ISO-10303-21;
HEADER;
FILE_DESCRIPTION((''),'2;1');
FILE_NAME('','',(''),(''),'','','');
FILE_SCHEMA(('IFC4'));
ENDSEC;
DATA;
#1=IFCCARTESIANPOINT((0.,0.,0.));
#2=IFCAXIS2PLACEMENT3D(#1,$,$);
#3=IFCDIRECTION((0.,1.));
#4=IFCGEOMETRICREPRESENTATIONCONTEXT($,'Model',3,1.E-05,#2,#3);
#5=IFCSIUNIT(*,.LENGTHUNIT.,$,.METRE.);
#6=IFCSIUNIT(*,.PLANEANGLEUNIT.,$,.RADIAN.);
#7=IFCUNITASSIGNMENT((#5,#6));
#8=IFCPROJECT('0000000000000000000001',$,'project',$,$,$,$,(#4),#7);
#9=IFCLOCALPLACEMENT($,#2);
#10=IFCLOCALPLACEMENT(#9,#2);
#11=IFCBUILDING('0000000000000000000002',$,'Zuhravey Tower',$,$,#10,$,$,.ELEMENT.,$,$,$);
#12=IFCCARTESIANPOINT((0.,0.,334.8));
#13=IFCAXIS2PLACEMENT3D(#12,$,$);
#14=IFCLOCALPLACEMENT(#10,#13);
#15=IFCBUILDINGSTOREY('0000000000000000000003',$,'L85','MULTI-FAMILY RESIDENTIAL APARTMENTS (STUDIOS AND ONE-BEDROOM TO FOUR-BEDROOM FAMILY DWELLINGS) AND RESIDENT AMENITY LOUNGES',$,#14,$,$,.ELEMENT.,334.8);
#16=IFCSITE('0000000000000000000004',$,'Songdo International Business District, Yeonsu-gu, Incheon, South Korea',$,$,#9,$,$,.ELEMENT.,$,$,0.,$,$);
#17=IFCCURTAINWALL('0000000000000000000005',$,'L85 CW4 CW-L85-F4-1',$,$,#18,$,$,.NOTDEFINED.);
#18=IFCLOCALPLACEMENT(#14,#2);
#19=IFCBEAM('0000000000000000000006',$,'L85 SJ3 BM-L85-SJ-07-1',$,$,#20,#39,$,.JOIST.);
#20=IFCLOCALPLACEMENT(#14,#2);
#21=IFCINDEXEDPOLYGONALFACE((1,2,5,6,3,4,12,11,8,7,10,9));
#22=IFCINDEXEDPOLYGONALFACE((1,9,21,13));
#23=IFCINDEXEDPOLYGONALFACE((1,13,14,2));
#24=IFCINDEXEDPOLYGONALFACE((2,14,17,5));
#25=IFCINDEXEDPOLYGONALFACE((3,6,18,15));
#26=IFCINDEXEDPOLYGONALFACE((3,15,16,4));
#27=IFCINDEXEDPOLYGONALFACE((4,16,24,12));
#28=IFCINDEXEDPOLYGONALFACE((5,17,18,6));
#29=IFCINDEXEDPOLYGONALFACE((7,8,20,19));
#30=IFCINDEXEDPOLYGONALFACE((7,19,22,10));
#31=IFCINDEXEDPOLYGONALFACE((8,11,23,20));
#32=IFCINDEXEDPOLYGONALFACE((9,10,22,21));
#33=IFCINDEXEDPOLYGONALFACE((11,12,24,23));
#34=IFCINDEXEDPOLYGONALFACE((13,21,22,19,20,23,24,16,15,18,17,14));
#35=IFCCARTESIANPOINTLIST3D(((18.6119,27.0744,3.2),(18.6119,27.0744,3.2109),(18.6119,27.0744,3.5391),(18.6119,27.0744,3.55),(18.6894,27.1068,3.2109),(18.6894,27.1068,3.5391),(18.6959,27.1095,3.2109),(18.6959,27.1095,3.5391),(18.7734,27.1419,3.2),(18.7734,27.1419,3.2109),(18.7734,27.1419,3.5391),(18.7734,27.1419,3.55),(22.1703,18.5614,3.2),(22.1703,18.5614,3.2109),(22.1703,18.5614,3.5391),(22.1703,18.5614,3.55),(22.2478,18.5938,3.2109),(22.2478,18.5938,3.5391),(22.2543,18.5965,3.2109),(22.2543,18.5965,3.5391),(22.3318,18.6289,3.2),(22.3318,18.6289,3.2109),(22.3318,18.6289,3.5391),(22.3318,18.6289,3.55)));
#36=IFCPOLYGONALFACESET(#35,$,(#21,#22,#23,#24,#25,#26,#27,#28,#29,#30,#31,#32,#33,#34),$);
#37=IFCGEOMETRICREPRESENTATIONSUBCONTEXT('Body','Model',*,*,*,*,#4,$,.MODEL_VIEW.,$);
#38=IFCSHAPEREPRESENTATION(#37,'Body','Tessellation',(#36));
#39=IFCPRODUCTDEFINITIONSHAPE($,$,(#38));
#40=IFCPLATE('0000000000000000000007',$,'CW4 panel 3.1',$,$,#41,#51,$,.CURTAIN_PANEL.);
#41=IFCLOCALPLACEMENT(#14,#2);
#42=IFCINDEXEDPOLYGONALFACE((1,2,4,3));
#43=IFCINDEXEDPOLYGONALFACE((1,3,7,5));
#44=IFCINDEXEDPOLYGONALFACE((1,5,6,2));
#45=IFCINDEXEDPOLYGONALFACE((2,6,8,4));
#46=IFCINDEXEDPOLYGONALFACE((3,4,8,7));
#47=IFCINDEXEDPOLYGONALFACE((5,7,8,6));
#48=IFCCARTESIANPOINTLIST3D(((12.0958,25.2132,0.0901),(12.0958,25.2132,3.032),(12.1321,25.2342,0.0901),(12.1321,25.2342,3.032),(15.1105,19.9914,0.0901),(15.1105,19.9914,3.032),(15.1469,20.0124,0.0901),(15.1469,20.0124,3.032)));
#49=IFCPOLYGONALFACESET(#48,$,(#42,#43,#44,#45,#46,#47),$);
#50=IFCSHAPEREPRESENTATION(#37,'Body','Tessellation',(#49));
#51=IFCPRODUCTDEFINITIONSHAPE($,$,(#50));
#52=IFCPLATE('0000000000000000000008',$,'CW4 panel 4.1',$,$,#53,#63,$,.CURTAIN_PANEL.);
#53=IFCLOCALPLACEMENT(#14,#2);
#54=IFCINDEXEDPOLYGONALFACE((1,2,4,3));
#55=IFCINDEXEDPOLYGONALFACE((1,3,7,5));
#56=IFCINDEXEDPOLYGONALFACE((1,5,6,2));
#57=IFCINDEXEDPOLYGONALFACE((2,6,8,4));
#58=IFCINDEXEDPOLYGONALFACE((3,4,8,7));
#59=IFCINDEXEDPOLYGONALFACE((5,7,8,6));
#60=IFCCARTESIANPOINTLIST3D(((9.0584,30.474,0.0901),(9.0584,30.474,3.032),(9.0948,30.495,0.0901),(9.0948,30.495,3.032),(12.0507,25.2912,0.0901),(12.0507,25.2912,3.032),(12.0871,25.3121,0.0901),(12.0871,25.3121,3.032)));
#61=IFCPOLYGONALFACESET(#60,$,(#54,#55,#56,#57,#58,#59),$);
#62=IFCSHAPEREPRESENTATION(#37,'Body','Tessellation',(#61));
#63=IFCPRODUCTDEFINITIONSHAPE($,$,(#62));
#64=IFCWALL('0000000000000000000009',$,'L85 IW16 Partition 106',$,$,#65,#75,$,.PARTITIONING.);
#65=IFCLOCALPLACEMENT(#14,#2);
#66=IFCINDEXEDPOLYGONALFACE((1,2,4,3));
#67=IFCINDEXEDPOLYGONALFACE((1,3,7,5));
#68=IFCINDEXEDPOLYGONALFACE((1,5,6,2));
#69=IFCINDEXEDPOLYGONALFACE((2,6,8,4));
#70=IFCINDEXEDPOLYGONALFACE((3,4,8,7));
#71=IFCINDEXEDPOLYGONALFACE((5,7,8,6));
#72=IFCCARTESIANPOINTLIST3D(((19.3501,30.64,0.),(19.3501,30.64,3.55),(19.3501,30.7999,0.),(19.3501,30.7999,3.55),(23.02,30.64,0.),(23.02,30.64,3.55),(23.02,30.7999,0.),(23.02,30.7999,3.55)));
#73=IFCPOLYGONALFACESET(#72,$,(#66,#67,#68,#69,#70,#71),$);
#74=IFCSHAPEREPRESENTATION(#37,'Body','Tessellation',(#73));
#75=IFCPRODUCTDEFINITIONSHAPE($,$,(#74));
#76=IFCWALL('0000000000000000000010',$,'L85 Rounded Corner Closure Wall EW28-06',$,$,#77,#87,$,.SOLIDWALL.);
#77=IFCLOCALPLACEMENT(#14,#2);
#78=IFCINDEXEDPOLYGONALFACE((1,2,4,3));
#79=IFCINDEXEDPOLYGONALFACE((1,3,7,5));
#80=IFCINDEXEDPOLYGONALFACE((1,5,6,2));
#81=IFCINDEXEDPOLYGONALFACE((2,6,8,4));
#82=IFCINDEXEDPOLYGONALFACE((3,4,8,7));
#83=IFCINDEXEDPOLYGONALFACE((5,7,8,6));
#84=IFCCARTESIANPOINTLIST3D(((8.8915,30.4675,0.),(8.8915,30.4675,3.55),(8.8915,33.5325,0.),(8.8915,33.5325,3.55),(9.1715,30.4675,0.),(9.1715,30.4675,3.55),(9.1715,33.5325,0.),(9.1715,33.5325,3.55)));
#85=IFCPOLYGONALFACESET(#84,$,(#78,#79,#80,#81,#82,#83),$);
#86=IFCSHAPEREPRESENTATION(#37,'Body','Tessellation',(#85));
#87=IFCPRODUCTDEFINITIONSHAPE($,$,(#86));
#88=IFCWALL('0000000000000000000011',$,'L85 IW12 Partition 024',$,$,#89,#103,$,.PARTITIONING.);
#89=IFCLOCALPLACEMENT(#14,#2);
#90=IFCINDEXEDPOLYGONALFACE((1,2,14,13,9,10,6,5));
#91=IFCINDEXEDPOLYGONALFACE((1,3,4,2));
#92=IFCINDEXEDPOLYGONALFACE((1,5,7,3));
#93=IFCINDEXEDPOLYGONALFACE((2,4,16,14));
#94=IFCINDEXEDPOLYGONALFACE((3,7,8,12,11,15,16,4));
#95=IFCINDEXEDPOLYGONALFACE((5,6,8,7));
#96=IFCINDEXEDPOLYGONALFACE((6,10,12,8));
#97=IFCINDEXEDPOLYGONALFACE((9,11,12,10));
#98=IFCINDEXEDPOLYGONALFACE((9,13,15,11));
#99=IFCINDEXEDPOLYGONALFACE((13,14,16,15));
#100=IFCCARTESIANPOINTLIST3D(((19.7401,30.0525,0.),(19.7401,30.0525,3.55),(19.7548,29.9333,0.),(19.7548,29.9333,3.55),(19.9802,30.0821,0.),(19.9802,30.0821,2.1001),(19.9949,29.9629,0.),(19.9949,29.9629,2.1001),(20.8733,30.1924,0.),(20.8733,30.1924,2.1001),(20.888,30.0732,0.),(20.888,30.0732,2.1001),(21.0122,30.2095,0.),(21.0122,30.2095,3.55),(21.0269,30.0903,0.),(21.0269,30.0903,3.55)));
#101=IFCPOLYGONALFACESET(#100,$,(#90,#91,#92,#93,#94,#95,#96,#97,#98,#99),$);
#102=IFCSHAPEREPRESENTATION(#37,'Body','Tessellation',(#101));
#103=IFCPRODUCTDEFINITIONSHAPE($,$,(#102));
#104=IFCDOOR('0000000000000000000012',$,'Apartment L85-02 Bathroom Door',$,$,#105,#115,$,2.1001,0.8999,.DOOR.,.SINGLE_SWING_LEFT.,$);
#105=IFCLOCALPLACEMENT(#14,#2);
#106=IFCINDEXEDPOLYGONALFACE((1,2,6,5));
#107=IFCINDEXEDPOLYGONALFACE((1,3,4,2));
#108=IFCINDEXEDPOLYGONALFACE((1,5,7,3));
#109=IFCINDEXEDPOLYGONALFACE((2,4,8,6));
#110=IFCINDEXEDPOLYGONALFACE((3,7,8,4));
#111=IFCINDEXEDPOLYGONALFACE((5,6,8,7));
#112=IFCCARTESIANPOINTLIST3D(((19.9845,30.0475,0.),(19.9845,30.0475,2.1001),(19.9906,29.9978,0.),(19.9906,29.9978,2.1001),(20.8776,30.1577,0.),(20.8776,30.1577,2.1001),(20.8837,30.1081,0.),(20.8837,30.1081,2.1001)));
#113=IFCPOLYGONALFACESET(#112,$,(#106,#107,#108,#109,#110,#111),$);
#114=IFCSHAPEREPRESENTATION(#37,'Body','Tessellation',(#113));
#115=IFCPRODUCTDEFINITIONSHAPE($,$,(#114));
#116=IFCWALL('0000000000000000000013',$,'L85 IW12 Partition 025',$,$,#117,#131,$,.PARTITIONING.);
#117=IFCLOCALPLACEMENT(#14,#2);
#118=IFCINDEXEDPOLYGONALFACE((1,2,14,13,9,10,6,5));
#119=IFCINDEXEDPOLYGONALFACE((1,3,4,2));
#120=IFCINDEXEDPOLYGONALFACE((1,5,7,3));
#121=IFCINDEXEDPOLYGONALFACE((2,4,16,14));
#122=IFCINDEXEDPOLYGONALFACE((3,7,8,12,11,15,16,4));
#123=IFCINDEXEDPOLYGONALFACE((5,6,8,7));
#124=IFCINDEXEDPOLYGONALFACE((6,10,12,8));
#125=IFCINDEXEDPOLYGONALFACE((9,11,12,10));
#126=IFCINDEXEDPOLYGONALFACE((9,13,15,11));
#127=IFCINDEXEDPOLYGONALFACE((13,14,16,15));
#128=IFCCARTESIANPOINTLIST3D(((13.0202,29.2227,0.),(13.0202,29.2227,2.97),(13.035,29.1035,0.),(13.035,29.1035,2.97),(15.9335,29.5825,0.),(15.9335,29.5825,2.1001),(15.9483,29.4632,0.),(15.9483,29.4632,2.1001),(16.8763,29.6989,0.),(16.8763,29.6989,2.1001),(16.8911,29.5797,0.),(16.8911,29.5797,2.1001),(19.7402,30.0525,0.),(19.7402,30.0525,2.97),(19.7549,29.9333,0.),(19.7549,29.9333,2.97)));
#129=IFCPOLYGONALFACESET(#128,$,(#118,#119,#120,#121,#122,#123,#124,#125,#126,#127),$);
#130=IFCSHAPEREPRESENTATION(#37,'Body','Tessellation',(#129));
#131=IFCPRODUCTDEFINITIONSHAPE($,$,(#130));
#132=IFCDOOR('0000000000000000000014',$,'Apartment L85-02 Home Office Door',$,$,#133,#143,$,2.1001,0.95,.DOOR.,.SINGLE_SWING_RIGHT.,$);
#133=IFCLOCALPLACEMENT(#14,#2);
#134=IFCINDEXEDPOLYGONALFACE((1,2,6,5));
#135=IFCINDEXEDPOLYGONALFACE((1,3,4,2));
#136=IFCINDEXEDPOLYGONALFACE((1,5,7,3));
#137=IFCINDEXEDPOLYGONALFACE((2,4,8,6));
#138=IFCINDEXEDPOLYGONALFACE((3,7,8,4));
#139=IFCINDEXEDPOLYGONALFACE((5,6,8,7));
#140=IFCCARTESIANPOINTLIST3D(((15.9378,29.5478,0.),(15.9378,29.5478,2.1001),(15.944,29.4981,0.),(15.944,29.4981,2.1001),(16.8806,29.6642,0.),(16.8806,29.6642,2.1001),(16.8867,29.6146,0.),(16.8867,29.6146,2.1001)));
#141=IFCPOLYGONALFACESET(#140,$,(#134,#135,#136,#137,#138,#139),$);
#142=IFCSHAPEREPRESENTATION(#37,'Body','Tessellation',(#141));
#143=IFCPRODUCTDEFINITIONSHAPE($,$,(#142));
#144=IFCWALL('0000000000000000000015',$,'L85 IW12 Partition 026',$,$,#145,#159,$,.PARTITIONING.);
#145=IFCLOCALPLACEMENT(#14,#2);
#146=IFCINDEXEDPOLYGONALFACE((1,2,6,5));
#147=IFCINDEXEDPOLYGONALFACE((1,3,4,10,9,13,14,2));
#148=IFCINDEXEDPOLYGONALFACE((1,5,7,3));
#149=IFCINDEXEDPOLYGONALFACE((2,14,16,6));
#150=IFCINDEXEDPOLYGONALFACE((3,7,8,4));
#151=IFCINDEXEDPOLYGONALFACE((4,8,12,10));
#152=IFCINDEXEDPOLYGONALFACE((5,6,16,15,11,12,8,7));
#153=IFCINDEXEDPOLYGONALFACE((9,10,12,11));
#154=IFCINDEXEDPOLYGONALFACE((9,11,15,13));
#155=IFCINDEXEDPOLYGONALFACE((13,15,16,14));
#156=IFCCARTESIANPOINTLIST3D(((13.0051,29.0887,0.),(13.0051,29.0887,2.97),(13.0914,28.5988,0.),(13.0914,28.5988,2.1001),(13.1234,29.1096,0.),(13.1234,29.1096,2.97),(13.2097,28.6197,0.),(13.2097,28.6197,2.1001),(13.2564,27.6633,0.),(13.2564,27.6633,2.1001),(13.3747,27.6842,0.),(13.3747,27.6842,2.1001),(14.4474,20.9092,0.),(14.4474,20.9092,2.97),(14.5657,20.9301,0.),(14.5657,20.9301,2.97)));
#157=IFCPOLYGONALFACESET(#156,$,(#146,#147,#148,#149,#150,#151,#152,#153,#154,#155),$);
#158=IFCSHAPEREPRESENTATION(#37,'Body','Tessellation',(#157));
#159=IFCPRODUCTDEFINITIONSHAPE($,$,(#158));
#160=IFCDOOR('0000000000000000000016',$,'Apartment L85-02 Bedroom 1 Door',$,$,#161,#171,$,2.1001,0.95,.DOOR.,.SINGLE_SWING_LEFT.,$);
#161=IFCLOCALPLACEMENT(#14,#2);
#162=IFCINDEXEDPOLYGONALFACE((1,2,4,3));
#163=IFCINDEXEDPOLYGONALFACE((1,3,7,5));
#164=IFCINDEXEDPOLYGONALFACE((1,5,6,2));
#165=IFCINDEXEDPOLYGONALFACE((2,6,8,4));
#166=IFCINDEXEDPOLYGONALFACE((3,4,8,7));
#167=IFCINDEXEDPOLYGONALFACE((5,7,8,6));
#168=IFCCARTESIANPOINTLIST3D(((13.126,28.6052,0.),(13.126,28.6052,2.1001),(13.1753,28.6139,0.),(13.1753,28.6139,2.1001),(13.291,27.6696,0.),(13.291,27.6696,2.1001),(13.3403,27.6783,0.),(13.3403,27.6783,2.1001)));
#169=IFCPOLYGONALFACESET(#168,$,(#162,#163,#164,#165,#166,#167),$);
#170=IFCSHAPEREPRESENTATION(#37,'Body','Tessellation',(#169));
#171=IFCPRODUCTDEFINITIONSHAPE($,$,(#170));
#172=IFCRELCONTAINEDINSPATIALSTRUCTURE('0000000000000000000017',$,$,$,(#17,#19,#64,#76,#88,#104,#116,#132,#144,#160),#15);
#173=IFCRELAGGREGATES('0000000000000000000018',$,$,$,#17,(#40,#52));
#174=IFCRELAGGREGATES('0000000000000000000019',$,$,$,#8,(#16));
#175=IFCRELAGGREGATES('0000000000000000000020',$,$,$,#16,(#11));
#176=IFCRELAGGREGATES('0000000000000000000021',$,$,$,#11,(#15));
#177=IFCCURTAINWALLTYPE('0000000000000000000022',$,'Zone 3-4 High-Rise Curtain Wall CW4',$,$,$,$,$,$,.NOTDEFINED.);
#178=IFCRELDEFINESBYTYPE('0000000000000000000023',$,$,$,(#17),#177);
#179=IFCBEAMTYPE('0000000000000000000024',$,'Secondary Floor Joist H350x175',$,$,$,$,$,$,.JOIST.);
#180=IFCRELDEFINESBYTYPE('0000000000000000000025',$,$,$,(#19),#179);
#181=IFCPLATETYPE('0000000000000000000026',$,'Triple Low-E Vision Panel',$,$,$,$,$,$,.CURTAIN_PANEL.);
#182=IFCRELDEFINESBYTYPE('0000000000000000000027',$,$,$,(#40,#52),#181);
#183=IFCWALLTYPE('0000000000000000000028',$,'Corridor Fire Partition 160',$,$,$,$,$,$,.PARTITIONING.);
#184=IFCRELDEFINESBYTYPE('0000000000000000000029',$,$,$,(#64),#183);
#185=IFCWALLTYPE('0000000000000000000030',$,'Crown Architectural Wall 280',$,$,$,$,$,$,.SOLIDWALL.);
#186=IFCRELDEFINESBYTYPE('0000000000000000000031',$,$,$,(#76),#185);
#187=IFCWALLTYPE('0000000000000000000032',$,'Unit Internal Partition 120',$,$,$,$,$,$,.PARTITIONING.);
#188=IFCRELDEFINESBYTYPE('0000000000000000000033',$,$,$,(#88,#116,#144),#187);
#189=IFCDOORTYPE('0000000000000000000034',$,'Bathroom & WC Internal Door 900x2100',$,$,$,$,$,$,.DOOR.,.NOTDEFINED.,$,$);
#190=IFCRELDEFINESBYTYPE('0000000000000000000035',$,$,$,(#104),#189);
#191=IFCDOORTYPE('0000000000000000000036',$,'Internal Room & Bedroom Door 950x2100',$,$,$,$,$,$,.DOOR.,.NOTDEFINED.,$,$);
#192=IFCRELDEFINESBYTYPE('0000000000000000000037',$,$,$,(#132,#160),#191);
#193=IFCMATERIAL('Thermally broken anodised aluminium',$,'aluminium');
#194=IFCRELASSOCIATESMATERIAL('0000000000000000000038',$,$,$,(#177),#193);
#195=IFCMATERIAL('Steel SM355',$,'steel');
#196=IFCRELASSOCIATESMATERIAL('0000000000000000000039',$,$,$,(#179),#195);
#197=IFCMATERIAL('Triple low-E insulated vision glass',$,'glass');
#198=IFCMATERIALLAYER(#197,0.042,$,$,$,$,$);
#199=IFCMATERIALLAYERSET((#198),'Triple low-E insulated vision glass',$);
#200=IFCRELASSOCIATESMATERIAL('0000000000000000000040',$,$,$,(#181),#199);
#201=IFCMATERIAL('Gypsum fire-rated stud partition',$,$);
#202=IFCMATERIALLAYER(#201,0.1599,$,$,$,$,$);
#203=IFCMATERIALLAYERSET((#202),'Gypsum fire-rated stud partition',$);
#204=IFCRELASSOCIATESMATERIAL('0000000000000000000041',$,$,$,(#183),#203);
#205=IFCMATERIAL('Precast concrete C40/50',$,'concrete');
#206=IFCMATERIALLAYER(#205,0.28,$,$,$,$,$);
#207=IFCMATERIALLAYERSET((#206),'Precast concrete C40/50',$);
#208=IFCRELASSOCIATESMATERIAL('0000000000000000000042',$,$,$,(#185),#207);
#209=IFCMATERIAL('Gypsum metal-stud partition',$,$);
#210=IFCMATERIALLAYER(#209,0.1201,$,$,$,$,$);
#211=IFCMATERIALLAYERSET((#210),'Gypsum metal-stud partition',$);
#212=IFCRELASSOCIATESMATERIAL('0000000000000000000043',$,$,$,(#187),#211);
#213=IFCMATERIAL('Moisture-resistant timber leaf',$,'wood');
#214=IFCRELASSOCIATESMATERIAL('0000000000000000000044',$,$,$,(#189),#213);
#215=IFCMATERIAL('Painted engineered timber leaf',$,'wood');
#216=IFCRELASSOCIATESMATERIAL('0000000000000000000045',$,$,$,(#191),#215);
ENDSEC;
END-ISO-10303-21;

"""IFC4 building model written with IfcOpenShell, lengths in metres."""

from ifc_helpers import new_model, si_unit, direction, frame, frame_2d, origin, origin_2d, place, context, subcontext, project, spatial, rectangle, i_section, extrude, material, layer, layer_set, material_profile, profile_set, type_object, element, fill, aggregate, save


model = new_model("IFC4")

# Units and contexts
model_context = context("Model", 3, precision=1e-05, world=origin(), true_north=direction((0.0, 1.0)))
body_context = subcontext(model_context, "Body", "Model", "MODEL_VIEW")
ifc_project = project(units=[si_unit("LENGTHUNIT", "METRE"), si_unit("PLANEANGLEUNIT", "RADIAN")], contexts=[model_context])

# Site, building, storey
site_placement = place(None, origin())
site = spatial("IfcSite", under=ifc_project, at=site_placement, Name="Songdo International Business District, Yeonsu-gu, Incheon, South Korea", CompositionType="ELEMENT", RefElevation=0.0)
building_placement = place(site_placement, origin())
building = spatial("IfcBuilding", under=site, at=building_placement, Name="Zuhravey Tower", CompositionType="ELEMENT")
storey_placement = place(building_placement, frame((0.0, 0.0, 334.8)))
storey = spatial("IfcBuildingStorey", under=building, at=storey_placement, Name="L85", Description="MULTI-FAMILY RESIDENTIAL APARTMENTS (STUDIOS AND ONE-BEDROOM TO FOUR-BEDROOM FAMILY DWELLINGS) AND RESIDENT AMENITY LOUNGES", CompositionType="ELEMENT", Elevation=334.8)

# Curtain wall
ifc_material_1 = material(Name="Thermally broken anodised aluminium", Category="aluminium")
curtain_wall_type = type_object("IfcCurtainWallType", Name="Zone 3-4 High-Rise Curtain Wall CW4", PredefinedType="NOTDEFINED", material=ifc_material_1)
curtain_wall_placement = place(storey_placement, origin())
curtain_wall = element("IfcCurtainWall", 1, at=curtain_wall_placement, inside=storey, type_object=curtain_wall_type, Name="L85 CW4 CW-L85-F4-1", PredefinedType="NOTDEFINED")

# Beam
ifc_material_2 = material(Name="Steel SM355", Category="steel")
ifc_material_profile_1 = material_profile(ifc_material_2, i_section(OverallWidth=0.175, OverallDepth=0.3501, WebThickness=0.0071, FlangeThickness=0.011, at=origin_2d()), Name="H-350x175x7x11")
ifc_profile_set_1 = profile_set([ifc_material_profile_1], Name="Steel SM355")
beam_type_1 = type_object("IfcBeamType", Name="Secondary Floor Joist H350x175", PredefinedType="JOIST", material=ifc_profile_set_1)
beam_1_placement = place(storey_placement, frame((18.6926, 27.1082, 3.375), z_axis=(0.385658, -0.922642, 0.0), x_axis=(0.922642, 0.385658, 0.0)))
element("IfcBeam", 2, at=beam_1_placement, inside=storey, type_object=beam_type_1, Name="L85 SJ3 BM-L85-SJ-07-1", PredefinedType="JOIST", context=body_context, shape_type="SweptSolid", body=[
    extrude(i_section(OverallWidth=0.175, OverallDepth=0.3501, WebThickness=0.0071, FlangeThickness=0.011, at=origin_2d()), origin(), (0.0, 0.0, 1.0), 9.2268),
])

# Plates
ifc_material_3 = material(Name="Triple low-E insulated vision glass", Category="glass")
ifc_layer_1 = layer(ifc_material_3, 0.042)
ifc_layer_set_1 = layer_set([ifc_layer_1], Name="Triple low-E insulated vision glass")
plate_type = type_object("IfcPlateType", Name="Triple Low-E Vision Panel", PredefinedType="CURTAIN_PANEL", material=ifc_layer_set_1)
plate_1_placement = place(storey_placement, frame((13.6213, 22.6128, 0.0901), z_axis=(0.0, 0.0, 1.0), x_axis=(-0.5, 0.866026, 0.0)))
plate_1 = element("IfcPlate", 3, at=plate_1_placement, type_object=plate_type, Name="CW4 panel 3.1", PredefinedType="CURTAIN_PANEL", context=body_context, shape_type="SweptSolid", body=[
    extrude(rectangle(XDim=6.0295, YDim=0.042, at=origin_2d()), origin(), (0.0, 0.0, 1.0), 2.9419),
])
plate_2_placement = place(storey_placement, frame((10.5728, 27.8931, 0.0901), z_axis=(0.0, 0.0, 1.0), x_axis=(-0.5, 0.866026, 0.0)))
plate_2 = element("IfcPlate", 4, at=plate_2_placement, type_object=plate_type, Name="CW4 panel 4.1", PredefinedType="CURTAIN_PANEL", context=body_context, shape_type="SweptSolid", body=[
    extrude(rectangle(XDim=5.9846, YDim=0.042, at=origin_2d()), origin(), (0.0, 0.0, 1.0), 2.9419),
])
aggregate(curtain_wall, [plate_1, plate_2])

# Walls
ifc_material_4 = material(Name="Gypsum fire-rated stud partition")
ifc_layer_2 = layer(ifc_material_4, 0.1599)
ifc_layer_set_2 = layer_set([ifc_layer_2], Name="Gypsum fire-rated stud partition")
wall_type_1 = type_object("IfcWallType", Name="Corridor Fire Partition 160", PredefinedType="PARTITIONING", material=ifc_layer_set_2)
wall_1_placement = place(storey_placement, frame((19.3501, 30.72, 0.0), z_axis=(0.0, 0.0, 1.0), x_axis=(1.0, 0.0, 0.0)))
element("IfcWall", 5, at=wall_1_placement, inside=storey, type_object=wall_type_1, Name="L85 IW16 Partition 106", PredefinedType="PARTITIONING", context=body_context, shape_type="SweptSolid", body=[
    extrude(rectangle(XDim=3.6699, YDim=0.1599, at=frame_2d((1.835, 0.0))), origin(), (0.0, 0.0, 1.0), 3.55),
])
ifc_material_5 = material(Name="Precast concrete C40/50", Category="concrete")
ifc_layer_3 = layer(ifc_material_5, 0.28)
ifc_layer_set_3 = layer_set([ifc_layer_3], Name="Precast concrete C40/50")
wall_type_2 = type_object("IfcWallType", Name="Crown Architectural Wall 280", PredefinedType="SOLIDWALL", material=ifc_layer_set_3)
wall_2_placement = place(storey_placement, frame((9.0315, 30.4675, 0.0), z_axis=(0.0, 0.0, 1.0), x_axis=(0.0, 1.0, 0.0)))
element("IfcWall", 6, at=wall_2_placement, inside=storey, type_object=wall_type_2, Name="L85 Rounded Corner Closure Wall EW28-06", PredefinedType="SOLIDWALL", context=body_context, shape_type="SweptSolid", body=[
    extrude(rectangle(XDim=3.0649, YDim=0.28, at=frame_2d((1.5325, 0.0))), origin(), (0.0, 0.0, 1.0), 3.55),
])

# Walls, openings, doors
ifc_material_6 = material(Name="Gypsum metal-stud partition")
ifc_layer_4 = layer(ifc_material_6, 0.1201)
ifc_layer_set_4 = layer_set([ifc_layer_4], Name="Gypsum metal-stud partition")
wall_type_3 = type_object("IfcWallType", Name="Unit Internal Partition 120", PredefinedType="PARTITIONING", material=ifc_layer_set_4)
wall_3_placement = place(storey_placement, frame((21.0195, 30.1499, 0.0), z_axis=(0.0, 0.0, 1.0), x_axis=(-0.99247, -0.122487, 0.0)))
wall_3 = element("IfcWall", 7, at=wall_3_placement, inside=storey, type_object=wall_type_3, Name="L85 IW12 Partition 024", PredefinedType="PARTITIONING", context=body_context, shape_type="SweptSolid", body=[
    extrude(rectangle(XDim=1.2817, YDim=0.1201, at=frame_2d((0.6409, 0.0))), origin(), (0.0, 0.0, 1.0), 3.55),
])
opening_1_placement = place(wall_3_placement, frame((0.1399, 0.0, 0.0)))
opening_1 = element("IfcOpeningElement", 8, at=opening_1_placement, cuts=wall_3, PredefinedType="OPENING", context=body_context, shape_type="SweptSolid", body=[
    extrude(rectangle(XDim=0.8999, YDim=2.1001, at=frame_2d((0.45, 1.05))), frame((0.0, 0.072, 0.0), z_axis=(0.0, -1.0, 0.0), x_axis=(1.0, 0.0, 0.0)), (0.0, 0.0, 1.0), 0.144),
])
ifc_material_7 = material(Name="Moisture-resistant timber leaf", Category="wood")
door_type_1 = type_object("IfcDoorType", Name="Bathroom & WC Internal Door 900x2100", OperationType="NOTDEFINED", PredefinedType="DOOR", material=ifc_material_7)
door_1_placement = place(opening_1_placement, origin())
door_1 = element("IfcDoor", 9, at=door_1_placement, inside=storey, type_object=door_type_1, Name="Apartment L85-02 Bathroom Door", OperationType="SINGLE_SWING_LEFT", OverallHeight=2.1001, OverallWidth=0.8999, PredefinedType="DOOR", context=body_context, shape_type="SweptSolid", body=[
    extrude(rectangle(XDim=0.8999, YDim=2.1001, at=frame_2d((0.45, 1.05))), frame((0.0, 0.0249, 0.0), z_axis=(0.0, -1.0, 0.0), x_axis=(1.0, 0.0, 0.0)), (0.0, 0.0, 1.0), 0.05),
])
fill(opening_1, door_1)
wall_4_placement = place(storey_placement, frame((19.7476, 29.9929, 0.0), z_axis=(0.0, 0.0, 1.0), x_axis=(-0.992461, -0.122557, 0.0)))
wall_4 = element("IfcWall", 10, at=wall_4_placement, inside=storey, type_object=wall_type_3, Name="L85 IW12 Partition 025", PredefinedType="PARTITIONING", context=body_context, shape_type="SweptSolid", body=[
    extrude(rectangle(XDim=6.771, YDim=0.1201, at=frame_2d((3.3855, 0.0))), origin(), (0.0, 0.0, 1.0), 2.97),
])
opening_2_placement = place(wall_4_placement, frame((2.8855, 0.0, 0.0)))
opening_2 = element("IfcOpeningElement", 11, at=opening_2_placement, cuts=wall_4, PredefinedType="OPENING", context=body_context, shape_type="SweptSolid", body=[
    extrude(rectangle(XDim=0.95, YDim=2.1001, at=frame_2d((0.4751, 1.05))), frame((0.0, 0.072, 0.0), z_axis=(0.0, -1.0, 0.0), x_axis=(1.0, 0.0, 0.0)), (0.0, 0.0, 1.0), 0.144),
])
ifc_material_8 = material(Name="Painted engineered timber leaf", Category="wood")
door_type_2 = type_object("IfcDoorType", Name="Internal Room & Bedroom Door 950x2100", OperationType="NOTDEFINED", PredefinedType="DOOR", material=ifc_material_8)
door_2_placement = place(opening_2_placement, origin())
door_2 = element("IfcDoor", 12, at=door_2_placement, inside=storey, type_object=door_type_2, Name="Apartment L85-02 Home Office Door", OperationType="SINGLE_SWING_RIGHT", OverallHeight=2.1001, OverallWidth=0.95, PredefinedType="DOOR", context=body_context, shape_type="SweptSolid", body=[
    extrude(rectangle(XDim=0.95, YDim=2.1001, at=frame_2d((0.4751, 1.05))), frame((0.0, 0.0249, 0.0), z_axis=(0.0, -1.0, 0.0), x_axis=(1.0, 0.0, 0.0)), (0.0, 0.0, 1.0), 0.05),
])
fill(opening_2, door_2)
wall_5_placement = place(storey_placement, frame((13.0642, 29.0991, 0.0), z_axis=(0.0, 0.0, 1.0), x_axis=(0.173663, -0.984805, 0.0)))
wall_5 = element("IfcWall", 13, at=wall_5_placement, inside=storey, type_object=wall_type_3, Name="L85 IW12 Partition 026", PredefinedType="PARTITIONING", context=body_context, shape_type="SweptSolid", body=[
    extrude(rectangle(XDim=8.3057, YDim=0.1201, at=frame_2d((4.1528, 0.0))), origin(), (0.0, 0.0, 1.0), 2.97),
])
opening_3_placement = place(wall_5_placement, frame((0.4973, 0.0, 0.0)))
opening_3 = element("IfcOpeningElement", 14, at=opening_3_placement, cuts=wall_5, PredefinedType="OPENING", context=body_context, shape_type="SweptSolid", body=[
    extrude(rectangle(XDim=0.95, YDim=2.1001, at=frame_2d((0.4751, 1.05))), frame((0.0, 0.072, 0.0), z_axis=(0.0, -1.0, 0.0), x_axis=(1.0, 0.0, 0.0)), (0.0, 0.0, 1.0), 0.144),
])
door_3_placement = place(opening_3_placement, frame((0.95, 0.0, 0.0), z_axis=(0.0, 0.0, 1.0), x_axis=(-1.0, 0.0, 0.0)))
door_3 = element("IfcDoor", 15, at=door_3_placement, inside=storey, type_object=door_type_2, Name="Apartment L85-02 Bedroom 1 Door", OperationType="SINGLE_SWING_LEFT", OverallHeight=2.1001, OverallWidth=0.95, PredefinedType="DOOR", context=body_context, shape_type="SweptSolid", body=[
    extrude(rectangle(XDim=0.95, YDim=2.1001, at=frame_2d((0.4751, 1.05))), frame((0.0, 0.0249, 0.0), z_axis=(0.0, -1.0, 0.0), x_axis=(1.0, 0.0, 0.0)), (0.0, 0.0, 1.0), 0.05),
])
fill(opening_3, door_3)

save(model, "model.ifc")
